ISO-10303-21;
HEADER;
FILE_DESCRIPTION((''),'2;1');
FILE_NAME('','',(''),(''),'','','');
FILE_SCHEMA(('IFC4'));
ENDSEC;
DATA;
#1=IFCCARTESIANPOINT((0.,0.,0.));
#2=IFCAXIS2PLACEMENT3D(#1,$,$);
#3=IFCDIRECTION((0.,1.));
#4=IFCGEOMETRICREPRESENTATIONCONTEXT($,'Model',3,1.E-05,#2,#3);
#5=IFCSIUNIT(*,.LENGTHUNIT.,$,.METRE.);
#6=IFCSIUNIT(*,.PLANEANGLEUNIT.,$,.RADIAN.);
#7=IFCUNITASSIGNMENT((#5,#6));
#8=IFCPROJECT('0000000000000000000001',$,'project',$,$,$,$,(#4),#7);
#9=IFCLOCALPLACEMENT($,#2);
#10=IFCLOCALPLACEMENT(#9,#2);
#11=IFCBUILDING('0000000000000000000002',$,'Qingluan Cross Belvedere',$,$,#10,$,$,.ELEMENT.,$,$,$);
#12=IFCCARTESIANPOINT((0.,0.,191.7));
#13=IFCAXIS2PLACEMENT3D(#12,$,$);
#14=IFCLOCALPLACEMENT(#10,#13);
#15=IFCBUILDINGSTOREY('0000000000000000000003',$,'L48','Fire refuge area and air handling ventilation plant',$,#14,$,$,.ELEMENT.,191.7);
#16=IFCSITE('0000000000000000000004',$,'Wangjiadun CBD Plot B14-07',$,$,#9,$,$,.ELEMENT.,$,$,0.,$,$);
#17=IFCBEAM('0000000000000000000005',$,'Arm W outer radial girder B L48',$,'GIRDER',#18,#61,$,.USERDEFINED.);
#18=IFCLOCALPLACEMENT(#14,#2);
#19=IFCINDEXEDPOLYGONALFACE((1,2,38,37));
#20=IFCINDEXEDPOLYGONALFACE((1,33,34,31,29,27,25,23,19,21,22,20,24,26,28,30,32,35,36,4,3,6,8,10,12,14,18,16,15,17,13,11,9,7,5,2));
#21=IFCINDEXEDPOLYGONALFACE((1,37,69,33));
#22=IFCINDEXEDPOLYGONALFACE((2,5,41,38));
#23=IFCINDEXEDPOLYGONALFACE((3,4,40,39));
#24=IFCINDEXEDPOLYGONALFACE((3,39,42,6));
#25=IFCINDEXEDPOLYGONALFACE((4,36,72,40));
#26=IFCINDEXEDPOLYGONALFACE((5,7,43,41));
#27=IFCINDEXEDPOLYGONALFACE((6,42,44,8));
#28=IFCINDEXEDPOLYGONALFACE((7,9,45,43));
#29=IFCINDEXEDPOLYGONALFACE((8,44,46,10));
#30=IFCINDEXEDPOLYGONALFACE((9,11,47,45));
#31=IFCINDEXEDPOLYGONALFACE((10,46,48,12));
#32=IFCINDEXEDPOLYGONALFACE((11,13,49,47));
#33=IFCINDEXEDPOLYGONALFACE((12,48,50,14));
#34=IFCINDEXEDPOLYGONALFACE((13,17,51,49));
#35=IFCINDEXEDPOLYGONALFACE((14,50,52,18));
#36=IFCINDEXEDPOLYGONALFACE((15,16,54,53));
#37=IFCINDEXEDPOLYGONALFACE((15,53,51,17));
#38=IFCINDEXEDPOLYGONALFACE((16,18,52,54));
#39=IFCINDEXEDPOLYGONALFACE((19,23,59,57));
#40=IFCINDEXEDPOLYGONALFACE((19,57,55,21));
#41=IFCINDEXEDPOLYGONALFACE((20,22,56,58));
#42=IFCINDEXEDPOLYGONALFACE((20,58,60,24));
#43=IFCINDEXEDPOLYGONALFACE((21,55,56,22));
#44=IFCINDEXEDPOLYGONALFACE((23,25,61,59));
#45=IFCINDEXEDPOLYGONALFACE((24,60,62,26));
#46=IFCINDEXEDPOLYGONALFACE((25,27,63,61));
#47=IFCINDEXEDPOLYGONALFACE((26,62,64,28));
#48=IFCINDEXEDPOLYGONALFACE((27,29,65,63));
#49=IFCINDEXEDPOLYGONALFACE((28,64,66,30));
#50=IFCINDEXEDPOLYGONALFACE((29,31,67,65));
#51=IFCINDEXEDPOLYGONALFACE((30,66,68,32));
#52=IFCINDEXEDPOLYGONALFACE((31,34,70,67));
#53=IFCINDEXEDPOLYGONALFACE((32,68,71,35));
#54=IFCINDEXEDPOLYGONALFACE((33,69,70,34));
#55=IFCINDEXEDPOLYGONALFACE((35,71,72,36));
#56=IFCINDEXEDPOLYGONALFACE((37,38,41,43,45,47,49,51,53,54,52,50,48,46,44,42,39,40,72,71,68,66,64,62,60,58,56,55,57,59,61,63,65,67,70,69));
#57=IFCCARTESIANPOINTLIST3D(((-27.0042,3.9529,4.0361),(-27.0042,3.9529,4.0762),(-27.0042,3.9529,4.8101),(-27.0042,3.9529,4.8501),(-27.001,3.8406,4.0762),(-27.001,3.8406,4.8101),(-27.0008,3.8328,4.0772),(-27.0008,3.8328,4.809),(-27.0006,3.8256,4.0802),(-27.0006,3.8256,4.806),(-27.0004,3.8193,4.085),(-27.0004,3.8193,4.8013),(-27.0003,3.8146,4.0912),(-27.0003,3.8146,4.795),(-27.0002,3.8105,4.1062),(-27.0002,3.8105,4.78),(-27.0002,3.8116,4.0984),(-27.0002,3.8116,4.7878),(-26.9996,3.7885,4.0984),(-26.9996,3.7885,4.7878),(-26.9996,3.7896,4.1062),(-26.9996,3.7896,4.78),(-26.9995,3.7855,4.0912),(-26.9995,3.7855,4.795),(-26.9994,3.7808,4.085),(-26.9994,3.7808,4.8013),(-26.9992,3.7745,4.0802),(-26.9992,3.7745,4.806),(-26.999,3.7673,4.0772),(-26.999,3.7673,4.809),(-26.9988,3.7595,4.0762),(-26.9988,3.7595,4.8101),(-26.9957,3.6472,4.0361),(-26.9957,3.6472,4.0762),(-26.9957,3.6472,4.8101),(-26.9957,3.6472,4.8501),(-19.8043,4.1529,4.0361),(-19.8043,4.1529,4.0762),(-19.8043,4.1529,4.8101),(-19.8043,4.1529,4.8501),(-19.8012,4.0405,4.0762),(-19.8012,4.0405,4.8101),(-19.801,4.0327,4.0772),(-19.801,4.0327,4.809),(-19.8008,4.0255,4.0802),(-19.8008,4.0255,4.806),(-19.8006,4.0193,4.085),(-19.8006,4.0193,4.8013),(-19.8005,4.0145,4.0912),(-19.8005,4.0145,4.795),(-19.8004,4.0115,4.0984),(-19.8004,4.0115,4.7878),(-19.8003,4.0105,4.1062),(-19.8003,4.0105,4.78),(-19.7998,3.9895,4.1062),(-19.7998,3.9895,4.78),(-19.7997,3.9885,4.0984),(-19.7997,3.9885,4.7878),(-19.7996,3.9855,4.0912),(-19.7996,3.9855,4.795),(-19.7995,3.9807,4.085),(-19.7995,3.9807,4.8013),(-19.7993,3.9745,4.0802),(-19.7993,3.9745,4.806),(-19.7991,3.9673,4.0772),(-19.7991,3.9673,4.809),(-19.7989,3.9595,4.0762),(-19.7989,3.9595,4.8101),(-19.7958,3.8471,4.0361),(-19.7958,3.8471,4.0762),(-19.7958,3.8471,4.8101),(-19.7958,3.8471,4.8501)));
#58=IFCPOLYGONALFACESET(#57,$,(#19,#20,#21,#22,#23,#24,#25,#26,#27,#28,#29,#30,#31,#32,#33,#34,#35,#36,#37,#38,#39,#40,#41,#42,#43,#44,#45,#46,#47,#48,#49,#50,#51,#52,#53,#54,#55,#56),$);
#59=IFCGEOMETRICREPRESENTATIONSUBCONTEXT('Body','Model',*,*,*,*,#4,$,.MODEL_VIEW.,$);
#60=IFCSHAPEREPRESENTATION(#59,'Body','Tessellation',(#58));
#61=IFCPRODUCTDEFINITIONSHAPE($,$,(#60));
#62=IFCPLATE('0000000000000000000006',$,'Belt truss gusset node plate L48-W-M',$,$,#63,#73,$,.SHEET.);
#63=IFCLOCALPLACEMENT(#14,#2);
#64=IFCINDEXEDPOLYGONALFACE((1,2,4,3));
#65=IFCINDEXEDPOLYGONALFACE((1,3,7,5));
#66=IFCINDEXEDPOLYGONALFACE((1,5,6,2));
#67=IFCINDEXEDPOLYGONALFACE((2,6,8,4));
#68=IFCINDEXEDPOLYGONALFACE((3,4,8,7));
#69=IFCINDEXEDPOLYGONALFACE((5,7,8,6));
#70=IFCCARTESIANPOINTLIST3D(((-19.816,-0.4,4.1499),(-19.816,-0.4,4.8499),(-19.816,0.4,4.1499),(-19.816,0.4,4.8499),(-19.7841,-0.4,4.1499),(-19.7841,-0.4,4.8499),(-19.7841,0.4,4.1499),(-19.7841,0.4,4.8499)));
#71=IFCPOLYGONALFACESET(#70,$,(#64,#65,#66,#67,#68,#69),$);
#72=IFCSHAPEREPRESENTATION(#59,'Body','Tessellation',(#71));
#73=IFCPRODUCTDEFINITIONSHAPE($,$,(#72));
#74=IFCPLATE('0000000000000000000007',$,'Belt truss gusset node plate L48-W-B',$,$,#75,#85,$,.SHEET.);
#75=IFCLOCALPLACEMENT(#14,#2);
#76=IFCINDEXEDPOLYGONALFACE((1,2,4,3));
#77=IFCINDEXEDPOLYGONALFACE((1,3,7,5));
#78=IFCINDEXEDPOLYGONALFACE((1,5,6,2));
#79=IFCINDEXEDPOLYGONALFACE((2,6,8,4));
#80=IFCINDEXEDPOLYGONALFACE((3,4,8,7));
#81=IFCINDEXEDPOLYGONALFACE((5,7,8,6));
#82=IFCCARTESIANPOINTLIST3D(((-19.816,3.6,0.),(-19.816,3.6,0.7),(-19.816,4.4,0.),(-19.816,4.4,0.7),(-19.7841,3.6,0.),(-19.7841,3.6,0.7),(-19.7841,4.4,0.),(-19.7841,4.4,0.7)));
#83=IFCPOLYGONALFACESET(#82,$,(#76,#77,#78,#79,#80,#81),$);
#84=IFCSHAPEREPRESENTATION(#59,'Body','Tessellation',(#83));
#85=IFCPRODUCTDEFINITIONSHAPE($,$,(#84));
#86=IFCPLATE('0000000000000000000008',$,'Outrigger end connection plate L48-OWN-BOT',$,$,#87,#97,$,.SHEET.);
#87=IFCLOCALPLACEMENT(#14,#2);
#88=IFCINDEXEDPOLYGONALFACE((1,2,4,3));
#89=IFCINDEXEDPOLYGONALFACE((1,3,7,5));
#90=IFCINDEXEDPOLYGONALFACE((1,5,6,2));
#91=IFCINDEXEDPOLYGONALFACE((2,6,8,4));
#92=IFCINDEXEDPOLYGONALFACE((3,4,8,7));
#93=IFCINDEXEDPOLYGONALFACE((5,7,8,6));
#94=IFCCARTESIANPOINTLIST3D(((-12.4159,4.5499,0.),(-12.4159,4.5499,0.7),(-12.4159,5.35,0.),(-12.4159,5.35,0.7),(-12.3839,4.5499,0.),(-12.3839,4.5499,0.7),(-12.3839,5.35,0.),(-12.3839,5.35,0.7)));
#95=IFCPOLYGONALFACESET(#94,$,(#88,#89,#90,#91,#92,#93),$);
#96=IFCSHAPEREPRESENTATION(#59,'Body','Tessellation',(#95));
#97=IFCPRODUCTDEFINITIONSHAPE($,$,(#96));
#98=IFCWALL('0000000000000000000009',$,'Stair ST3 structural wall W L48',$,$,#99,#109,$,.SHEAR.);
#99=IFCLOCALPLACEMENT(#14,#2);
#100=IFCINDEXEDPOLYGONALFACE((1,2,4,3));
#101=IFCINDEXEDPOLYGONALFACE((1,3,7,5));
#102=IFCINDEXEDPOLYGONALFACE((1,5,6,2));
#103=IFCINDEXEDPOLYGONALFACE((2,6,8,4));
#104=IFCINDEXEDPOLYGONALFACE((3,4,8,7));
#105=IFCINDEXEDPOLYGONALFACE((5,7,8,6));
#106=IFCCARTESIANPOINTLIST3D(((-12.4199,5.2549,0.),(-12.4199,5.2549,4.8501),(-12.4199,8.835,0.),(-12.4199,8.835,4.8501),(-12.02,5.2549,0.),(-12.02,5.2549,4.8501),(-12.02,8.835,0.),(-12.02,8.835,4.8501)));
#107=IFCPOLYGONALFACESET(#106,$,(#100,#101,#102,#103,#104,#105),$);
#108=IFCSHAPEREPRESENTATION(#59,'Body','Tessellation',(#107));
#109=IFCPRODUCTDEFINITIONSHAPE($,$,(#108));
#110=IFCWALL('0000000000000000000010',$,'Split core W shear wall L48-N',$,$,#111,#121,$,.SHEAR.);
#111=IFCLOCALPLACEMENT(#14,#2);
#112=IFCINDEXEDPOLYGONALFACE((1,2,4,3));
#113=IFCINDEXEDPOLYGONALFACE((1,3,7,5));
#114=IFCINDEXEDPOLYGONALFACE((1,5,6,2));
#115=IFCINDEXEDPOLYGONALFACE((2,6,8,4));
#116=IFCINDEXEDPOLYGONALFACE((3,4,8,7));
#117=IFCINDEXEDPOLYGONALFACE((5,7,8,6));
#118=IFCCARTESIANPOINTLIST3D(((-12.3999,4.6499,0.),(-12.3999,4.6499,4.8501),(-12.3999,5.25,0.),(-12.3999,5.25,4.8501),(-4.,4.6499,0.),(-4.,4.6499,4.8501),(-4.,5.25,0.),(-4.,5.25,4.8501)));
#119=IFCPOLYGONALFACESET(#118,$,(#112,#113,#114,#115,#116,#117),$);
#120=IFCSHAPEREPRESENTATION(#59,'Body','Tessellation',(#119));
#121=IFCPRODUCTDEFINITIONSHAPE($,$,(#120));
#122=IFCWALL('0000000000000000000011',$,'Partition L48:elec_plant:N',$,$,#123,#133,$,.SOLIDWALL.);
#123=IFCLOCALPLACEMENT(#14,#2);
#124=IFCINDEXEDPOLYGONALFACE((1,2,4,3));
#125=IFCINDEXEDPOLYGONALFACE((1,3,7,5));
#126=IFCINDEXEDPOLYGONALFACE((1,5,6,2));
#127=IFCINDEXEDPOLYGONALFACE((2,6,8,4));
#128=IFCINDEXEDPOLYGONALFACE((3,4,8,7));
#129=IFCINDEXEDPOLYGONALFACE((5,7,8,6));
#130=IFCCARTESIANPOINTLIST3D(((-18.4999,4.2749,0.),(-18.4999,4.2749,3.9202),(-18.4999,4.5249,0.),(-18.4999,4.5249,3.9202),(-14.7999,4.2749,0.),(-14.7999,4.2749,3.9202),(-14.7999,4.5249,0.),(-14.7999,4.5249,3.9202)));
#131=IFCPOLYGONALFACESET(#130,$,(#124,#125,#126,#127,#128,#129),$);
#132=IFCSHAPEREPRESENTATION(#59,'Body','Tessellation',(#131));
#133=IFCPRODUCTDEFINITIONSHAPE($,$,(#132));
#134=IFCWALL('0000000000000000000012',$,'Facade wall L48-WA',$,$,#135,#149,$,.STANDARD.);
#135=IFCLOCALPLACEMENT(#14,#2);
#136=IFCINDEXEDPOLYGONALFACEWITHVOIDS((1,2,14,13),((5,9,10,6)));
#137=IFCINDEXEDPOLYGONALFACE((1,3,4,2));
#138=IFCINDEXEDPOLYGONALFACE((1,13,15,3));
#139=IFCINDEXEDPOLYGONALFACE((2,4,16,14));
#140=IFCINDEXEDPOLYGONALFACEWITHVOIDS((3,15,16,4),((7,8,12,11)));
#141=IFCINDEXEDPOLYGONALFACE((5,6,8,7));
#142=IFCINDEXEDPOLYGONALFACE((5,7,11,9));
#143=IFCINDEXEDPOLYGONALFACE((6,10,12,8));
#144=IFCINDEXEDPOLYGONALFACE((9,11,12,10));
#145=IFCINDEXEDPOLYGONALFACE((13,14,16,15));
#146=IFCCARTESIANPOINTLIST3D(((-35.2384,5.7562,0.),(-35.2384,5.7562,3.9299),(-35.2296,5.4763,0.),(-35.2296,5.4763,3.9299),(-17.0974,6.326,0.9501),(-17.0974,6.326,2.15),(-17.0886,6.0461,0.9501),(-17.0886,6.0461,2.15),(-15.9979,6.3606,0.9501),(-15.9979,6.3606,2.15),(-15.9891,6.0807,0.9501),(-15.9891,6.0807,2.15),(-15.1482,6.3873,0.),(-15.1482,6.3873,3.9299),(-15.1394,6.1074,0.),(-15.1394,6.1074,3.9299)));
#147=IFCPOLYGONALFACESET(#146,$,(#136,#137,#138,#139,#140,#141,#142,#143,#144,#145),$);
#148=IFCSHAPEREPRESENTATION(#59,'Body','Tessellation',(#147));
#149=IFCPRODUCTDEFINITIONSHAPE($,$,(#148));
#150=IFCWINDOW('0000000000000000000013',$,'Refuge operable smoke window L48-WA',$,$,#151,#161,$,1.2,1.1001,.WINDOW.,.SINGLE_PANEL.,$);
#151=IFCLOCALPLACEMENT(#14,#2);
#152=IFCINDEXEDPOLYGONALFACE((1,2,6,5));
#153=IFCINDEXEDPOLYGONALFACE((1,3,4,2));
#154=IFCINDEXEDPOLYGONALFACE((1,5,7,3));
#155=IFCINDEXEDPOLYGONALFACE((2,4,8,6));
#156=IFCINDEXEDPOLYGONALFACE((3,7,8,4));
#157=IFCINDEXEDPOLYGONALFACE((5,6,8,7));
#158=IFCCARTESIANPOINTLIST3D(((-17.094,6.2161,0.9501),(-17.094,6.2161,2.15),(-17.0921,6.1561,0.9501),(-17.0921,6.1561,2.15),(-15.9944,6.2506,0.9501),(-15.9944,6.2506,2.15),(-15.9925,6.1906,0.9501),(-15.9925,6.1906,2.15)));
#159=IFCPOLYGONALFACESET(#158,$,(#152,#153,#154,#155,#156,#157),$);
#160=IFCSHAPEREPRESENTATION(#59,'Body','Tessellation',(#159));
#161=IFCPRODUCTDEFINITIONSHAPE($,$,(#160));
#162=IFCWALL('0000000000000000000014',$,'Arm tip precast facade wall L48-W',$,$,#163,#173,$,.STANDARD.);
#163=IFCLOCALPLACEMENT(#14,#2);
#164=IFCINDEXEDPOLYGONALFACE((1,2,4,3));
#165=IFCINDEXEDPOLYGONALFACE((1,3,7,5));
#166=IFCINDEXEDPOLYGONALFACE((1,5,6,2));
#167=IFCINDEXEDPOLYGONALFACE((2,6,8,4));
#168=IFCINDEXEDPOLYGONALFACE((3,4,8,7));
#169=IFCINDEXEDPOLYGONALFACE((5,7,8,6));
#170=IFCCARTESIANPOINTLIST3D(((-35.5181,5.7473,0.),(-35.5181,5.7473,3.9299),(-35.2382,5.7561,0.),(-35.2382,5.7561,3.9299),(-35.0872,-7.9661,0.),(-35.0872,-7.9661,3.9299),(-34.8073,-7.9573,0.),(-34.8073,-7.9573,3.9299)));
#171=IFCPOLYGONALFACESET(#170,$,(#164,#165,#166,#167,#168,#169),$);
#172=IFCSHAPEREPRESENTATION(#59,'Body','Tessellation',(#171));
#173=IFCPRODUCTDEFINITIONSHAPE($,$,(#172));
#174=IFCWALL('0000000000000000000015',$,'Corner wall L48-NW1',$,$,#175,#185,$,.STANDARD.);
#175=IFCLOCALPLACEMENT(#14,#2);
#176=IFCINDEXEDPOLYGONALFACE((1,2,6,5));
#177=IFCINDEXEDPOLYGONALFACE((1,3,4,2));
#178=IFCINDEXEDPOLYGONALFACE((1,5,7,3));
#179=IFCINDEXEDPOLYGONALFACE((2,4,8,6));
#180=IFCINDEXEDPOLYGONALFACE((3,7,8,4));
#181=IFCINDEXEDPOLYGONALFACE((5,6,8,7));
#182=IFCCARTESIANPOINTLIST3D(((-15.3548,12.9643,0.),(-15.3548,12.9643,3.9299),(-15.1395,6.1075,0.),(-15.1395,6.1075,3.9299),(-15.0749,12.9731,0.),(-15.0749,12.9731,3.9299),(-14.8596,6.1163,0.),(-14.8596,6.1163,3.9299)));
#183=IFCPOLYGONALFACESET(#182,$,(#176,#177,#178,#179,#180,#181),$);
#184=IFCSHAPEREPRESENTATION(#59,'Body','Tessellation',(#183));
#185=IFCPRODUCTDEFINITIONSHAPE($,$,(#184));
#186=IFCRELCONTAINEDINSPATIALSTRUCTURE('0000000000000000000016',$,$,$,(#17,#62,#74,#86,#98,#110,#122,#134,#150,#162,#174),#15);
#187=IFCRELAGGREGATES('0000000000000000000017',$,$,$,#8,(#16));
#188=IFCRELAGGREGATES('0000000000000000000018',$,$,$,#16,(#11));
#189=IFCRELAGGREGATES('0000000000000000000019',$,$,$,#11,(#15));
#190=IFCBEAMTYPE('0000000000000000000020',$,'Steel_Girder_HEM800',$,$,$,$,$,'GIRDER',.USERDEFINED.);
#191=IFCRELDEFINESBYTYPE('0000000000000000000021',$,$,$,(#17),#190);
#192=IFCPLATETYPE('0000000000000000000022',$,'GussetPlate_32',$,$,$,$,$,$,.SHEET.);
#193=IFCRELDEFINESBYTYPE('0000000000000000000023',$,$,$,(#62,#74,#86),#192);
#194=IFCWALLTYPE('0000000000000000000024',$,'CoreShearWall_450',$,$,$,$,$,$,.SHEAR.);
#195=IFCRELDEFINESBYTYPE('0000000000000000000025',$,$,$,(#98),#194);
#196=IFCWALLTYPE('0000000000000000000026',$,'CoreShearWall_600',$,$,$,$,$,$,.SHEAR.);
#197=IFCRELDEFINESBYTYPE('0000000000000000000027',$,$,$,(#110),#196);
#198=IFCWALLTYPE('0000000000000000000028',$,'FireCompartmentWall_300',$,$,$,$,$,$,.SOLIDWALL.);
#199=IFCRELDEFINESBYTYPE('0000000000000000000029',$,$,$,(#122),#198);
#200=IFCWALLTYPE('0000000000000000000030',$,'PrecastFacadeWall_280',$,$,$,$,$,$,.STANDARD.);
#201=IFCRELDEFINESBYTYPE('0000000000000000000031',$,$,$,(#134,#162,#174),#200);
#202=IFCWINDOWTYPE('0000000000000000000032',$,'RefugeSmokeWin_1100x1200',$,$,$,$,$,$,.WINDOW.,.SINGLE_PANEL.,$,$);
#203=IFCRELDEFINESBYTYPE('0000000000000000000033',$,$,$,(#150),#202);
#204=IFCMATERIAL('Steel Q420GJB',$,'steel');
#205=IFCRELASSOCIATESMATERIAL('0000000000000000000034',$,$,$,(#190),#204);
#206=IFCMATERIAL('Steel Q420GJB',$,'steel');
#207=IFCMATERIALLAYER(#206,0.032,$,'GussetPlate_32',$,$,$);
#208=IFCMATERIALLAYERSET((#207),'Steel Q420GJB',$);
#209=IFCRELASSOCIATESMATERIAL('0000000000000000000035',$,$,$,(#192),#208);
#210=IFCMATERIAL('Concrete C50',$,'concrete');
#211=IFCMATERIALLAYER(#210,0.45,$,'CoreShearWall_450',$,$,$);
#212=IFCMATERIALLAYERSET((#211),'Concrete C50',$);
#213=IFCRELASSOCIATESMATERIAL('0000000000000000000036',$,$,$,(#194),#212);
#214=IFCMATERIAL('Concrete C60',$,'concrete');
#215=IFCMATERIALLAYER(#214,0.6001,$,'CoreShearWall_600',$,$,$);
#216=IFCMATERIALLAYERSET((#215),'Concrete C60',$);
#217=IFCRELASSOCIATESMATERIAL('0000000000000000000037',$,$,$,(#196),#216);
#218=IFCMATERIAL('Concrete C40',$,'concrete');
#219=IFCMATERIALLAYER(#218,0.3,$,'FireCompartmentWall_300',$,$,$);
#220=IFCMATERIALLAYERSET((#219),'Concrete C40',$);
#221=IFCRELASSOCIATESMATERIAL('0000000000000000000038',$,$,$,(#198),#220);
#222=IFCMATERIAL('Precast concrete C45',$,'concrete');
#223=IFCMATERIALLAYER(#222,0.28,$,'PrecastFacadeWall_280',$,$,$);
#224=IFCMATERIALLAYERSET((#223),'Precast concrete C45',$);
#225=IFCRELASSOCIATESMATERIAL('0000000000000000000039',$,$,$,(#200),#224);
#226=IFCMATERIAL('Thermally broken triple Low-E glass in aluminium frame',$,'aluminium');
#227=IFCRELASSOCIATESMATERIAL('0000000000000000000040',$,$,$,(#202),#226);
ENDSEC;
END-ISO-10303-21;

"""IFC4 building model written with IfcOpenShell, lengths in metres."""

from ifc_helpers import new_model, si_unit, direction, frame, frame_2d, origin, origin_2d, place, context, subcontext, project, spatial, rectangle, i_section, extrude, material, layer, layer_set, material_profile, profile_set, type_object, element, fill, save


model = new_model("IFC4")

# Units and contexts
model_context = context("Model", 3, precision=1e-05, world=origin(), true_north=direction((0.0, 1.0)))
body_context = subcontext(model_context, "Body", "Model", "MODEL_VIEW")
ifc_project = project(units=[si_unit("LENGTHUNIT", "METRE"), si_unit("PLANEANGLEUNIT", "RADIAN")], contexts=[model_context])

# Site, building, storey
site_placement = place(None, origin())
site = spatial("IfcSite", under=ifc_project, at=site_placement, Name="Wangjiadun CBD Plot B14-07", CompositionType="ELEMENT", RefElevation=0.0)
building_placement = place(site_placement, origin())
building = spatial("IfcBuilding", under=site, at=building_placement, Name="Qingluan Cross Belvedere", CompositionType="ELEMENT")
storey_placement = place(building_placement, frame((0.0, 0.0, 191.7)))
storey = spatial("IfcBuildingStorey", under=building, at=storey_placement, Name="L48", Description="Fire refuge area and air handling ventilation plant", CompositionType="ELEMENT", Elevation=191.7)

# Beam
ifc_material_1 = material(Name="Steel Q420GJB", Category="steel")
ifc_material_profile_1 = material_profile(ifc_material_1, i_section(OverallWidth=0.3059, OverallDepth=0.814, WebThickness=0.021, FlangeThickness=0.04, FilletRadius=0.03, at=origin_2d()), Name="HEM800")
ifc_profile_set_1 = profile_set([ifc_material_profile_1], Name="Steel Q420GJB")
beam_type = type_object("IfcBeamType", Name="Steel_Girder_HEM800", ElementType="GIRDER", PredefinedType="USERDEFINED", material=ifc_profile_set_1)
beam_1_placement = place(storey_placement, frame((-19.8, 4.0, 4.4431), z_axis=(-0.999615, -0.02776, 0.0), x_axis=(0.02776, -0.999615, 0.0)))
element("IfcBeam", 1, at=beam_1_placement, inside=storey, type_object=beam_type, Name="Arm W outer radial girder B L48", ObjectType="GIRDER", PredefinedType="USERDEFINED", context=body_context, shape_type="SweptSolid", body=[
    extrude(i_section(OverallWidth=0.3059, OverallDepth=0.814, WebThickness=0.021, FlangeThickness=0.04, FilletRadius=0.03, at=origin_2d()), origin(), (0.0, 0.0, 1.0), 7.2026),
])

# Plates
ifc_material_2 = material(Name="Steel Q420GJB", Category="steel")
ifc_layer_1 = layer(ifc_material_2, 0.032, Name="GussetPlate_32")
ifc_layer_set_1 = layer_set([ifc_layer_1], Name="Steel Q420GJB")
plate_type = type_object("IfcPlateType", Name="GussetPlate_32", PredefinedType="SHEET", material=ifc_layer_set_1)
for number, where, z_axis, x_axis, name in (
    (2, (-19.8, 0.0, 4.1499), (0.0, 0.0, 1.0), (0.0, 1.0, 0.0), "Belt truss gusset node plate L48-W-M"),
    (3, (-19.8, 4.0, 0.0), (0.0, 0.0, 1.0), (0.0, 1.0, 0.0), "Belt truss gusset node plate L48-W-B"),
    (4, (-12.3999, 4.95, 0.0), (0.0, 0.0, 1.0), (0.0, 1.0, 0.0), "Outrigger end connection plate L48-OWN-BOT"),
):
    element("IfcPlate", number, at=place(storey_placement, frame(where, z_axis=z_axis, x_axis=x_axis)), inside=storey, type_object=plate_type, Name=name, PredefinedType="SHEET", context=body_context, shape_type="SweptSolid", body=[
        extrude(rectangle(XDim=0.8, YDim=0.032, at=origin_2d()), origin(), (0.0, 0.0, 1.0), 0.7),
    ])

# Walls
ifc_material_3 = material(Name="Concrete C50", Category="concrete")
ifc_layer_2 = layer(ifc_material_3, 0.45, Name="CoreShearWall_450")
ifc_layer_set_2 = layer_set([ifc_layer_2], Name="Concrete C50")
wall_type_1 = type_object("IfcWallType", Name="CoreShearWall_450", PredefinedType="SHEAR", material=ifc_layer_set_2)
wall_1_placement = place(storey_placement, frame((-12.22, 5.2549, 0.0), z_axis=(0.0, 0.0, 1.0), x_axis=(0.0, 1.0, 0.0)))
element("IfcWall", 5, at=wall_1_placement, inside=storey, type_object=wall_type_1, Name="Stair ST3 structural wall W L48", PredefinedType="SHEAR", context=body_context, shape_type="SweptSolid", body=[
    extrude(rectangle(XDim=3.5801, YDim=0.3999, at=frame_2d((1.79, 0.0))), origin(), (0.0, 0.0, 1.0), 4.8501),
])
ifc_material_4 = material(Name="Concrete C60", Category="concrete")
ifc_layer_3 = layer(ifc_material_4, 0.6001, Name="CoreShearWall_600")
ifc_layer_set_3 = layer_set([ifc_layer_3], Name="Concrete C60")
wall_type_2 = type_object("IfcWallType", Name="CoreShearWall_600", PredefinedType="SHEAR", material=ifc_layer_set_3)
wall_2_placement = place(storey_placement, frame((-12.3999, 4.95, 0.0), z_axis=(0.0, 0.0, 1.0), x_axis=(1.0, 0.0, 0.0)))
element("IfcWall", 6, at=wall_2_placement, inside=storey, type_object=wall_type_2, Name="Split core W shear wall L48-N", PredefinedType="SHEAR", context=body_context, shape_type="SweptSolid", body=[
    extrude(rectangle(XDim=8.3999, YDim=0.6001, at=frame_2d((4.2, 0.0))), origin(), (0.0, 0.0, 1.0), 4.8501),
])
ifc_material_5 = material(Name="Concrete C40", Category="concrete")
ifc_layer_4 = layer(ifc_material_5, 0.3, Name="FireCompartmentWall_300")
ifc_layer_set_4 = layer_set([ifc_layer_4], Name="Concrete C40")
wall_type_3 = type_object("IfcWallType", Name="FireCompartmentWall_300", PredefinedType="SOLIDWALL", material=ifc_layer_set_4)
wall_3_placement = place(storey_placement, frame((-18.5, 4.3999, 0.0), z_axis=(0.0, 0.0, 1.0), x_axis=(1.0, 0.0, 0.0)))
element("IfcWall", 7, at=wall_3_placement, inside=storey, type_object=wall_type_3, Name="Partition L48:elec_plant:N", PredefinedType="SOLIDWALL", context=body_context, shape_type="SweptSolid", body=[
    extrude(rectangle(XDim=3.7, YDim=0.25, at=frame_2d((1.8501, 0.0))), origin(), (0.0, 0.0, 1.0), 3.9202),
])

# Wall, opening, window
ifc_material_6 = material(Name="Precast concrete C45", Category="concrete")
ifc_layer_5 = layer(ifc_material_6, 0.28, Name="PrecastFacadeWall_280")
ifc_layer_set_5 = layer_set([ifc_layer_5], Name="Precast concrete C45")
wall_type_4 = type_object("IfcWallType", Name="PrecastFacadeWall_280", PredefinedType="STANDARD", material=ifc_layer_set_5)
wall_4_placement = place(storey_placement, frame((-15.1438, 6.2473, 0.0), z_axis=(0.0, 0.0, 1.0), x_axis=(-0.999507, -0.031398, 0.0)))
wall_4 = element("IfcWall", 8, at=wall_4_placement, inside=storey, type_object=wall_type_4, Name="Facade wall L48-WA", PredefinedType="STANDARD", context=body_context, shape_type="SweptSolid", body=[
    extrude(rectangle(XDim=20.1001, YDim=0.28, at=frame_2d((10.05, 0.0))), origin(), (0.0, 0.0, 1.0), 3.9299),
])
opening_placement = place(wall_4_placement, frame((0.8501, 0.0, 0.95)))
opening = element("IfcOpeningElement", 9, at=opening_placement, cuts=wall_4, PredefinedType="OPENING", context=body_context, shape_type="SweptSolid", body=[
    extrude(rectangle(XDim=1.1001, YDim=1.2, at=frame_2d((0.55, 0.6001))), frame((0.0, 0.1499, 0.0), z_axis=(0.0, -1.0, 0.0), x_axis=(1.0, 0.0, 0.0)), (0.0, 0.0, 1.0), 0.3),
])
ifc_material_7 = material(Name="Thermally broken triple Low-E glass in aluminium frame", Category="aluminium")
window_type = type_object("IfcWindowType", Name="RefugeSmokeWin_1100x1200", PartitioningType="SINGLE_PANEL", PredefinedType="WINDOW", material=ifc_material_7)
window_placement = place(opening_placement, origin())
window = element("IfcWindow", 10, at=window_placement, inside=storey, type_object=window_type, Name="Refuge operable smoke window L48-WA", OverallHeight=1.2, OverallWidth=1.1001, PartitioningType="SINGLE_PANEL", PredefinedType="WINDOW", context=body_context, shape_type="SweptSolid", body=[
    extrude(rectangle(XDim=1.1001, YDim=1.2, at=frame_2d((0.55, 0.6001))), frame((0.0, 0.03, 0.0), z_axis=(0.0, -1.0, 0.0), x_axis=(1.0, 0.0, 0.0)), (0.0, 0.0, 1.0), 0.0601),
])
fill(opening, window)

# Walls
wall_5_placement = place(storey_placement, frame((-35.3782, 5.7517, 0.0), z_axis=(0.0, 0.0, 1.0), x_axis=(0.031407, -0.999507, 0.0)))
element("IfcWall", 11, at=wall_5_placement, inside=storey, type_object=wall_type_4, Name="Arm tip precast facade wall L48-W", PredefinedType="STANDARD", context=body_context, shape_type="SweptSolid", body=[
    extrude(rectangle(XDim=13.7202, YDim=0.28, at=frame_2d((6.8601, 0.0))), origin(), (0.0, 0.0, 1.0), 3.9299),
])
wall_6_placement = place(storey_placement, frame((-14.9995, 6.1118, 0.0), z_axis=(0.0, 0.0, 1.0), x_axis=(-0.031389, 0.999507, 0.0)))
element("IfcWall", 12, at=wall_6_placement, inside=storey, type_object=wall_type_4, Name="Corner wall L48-NW1", PredefinedType="STANDARD", context=body_context, shape_type="SweptSolid", body=[
    extrude(rectangle(XDim=6.8601, YDim=0.28, at=frame_2d((3.4302, 0.0))), origin(), (0.0, 0.0, 1.0), 3.9299),
])

save(model, "model.ifc")
